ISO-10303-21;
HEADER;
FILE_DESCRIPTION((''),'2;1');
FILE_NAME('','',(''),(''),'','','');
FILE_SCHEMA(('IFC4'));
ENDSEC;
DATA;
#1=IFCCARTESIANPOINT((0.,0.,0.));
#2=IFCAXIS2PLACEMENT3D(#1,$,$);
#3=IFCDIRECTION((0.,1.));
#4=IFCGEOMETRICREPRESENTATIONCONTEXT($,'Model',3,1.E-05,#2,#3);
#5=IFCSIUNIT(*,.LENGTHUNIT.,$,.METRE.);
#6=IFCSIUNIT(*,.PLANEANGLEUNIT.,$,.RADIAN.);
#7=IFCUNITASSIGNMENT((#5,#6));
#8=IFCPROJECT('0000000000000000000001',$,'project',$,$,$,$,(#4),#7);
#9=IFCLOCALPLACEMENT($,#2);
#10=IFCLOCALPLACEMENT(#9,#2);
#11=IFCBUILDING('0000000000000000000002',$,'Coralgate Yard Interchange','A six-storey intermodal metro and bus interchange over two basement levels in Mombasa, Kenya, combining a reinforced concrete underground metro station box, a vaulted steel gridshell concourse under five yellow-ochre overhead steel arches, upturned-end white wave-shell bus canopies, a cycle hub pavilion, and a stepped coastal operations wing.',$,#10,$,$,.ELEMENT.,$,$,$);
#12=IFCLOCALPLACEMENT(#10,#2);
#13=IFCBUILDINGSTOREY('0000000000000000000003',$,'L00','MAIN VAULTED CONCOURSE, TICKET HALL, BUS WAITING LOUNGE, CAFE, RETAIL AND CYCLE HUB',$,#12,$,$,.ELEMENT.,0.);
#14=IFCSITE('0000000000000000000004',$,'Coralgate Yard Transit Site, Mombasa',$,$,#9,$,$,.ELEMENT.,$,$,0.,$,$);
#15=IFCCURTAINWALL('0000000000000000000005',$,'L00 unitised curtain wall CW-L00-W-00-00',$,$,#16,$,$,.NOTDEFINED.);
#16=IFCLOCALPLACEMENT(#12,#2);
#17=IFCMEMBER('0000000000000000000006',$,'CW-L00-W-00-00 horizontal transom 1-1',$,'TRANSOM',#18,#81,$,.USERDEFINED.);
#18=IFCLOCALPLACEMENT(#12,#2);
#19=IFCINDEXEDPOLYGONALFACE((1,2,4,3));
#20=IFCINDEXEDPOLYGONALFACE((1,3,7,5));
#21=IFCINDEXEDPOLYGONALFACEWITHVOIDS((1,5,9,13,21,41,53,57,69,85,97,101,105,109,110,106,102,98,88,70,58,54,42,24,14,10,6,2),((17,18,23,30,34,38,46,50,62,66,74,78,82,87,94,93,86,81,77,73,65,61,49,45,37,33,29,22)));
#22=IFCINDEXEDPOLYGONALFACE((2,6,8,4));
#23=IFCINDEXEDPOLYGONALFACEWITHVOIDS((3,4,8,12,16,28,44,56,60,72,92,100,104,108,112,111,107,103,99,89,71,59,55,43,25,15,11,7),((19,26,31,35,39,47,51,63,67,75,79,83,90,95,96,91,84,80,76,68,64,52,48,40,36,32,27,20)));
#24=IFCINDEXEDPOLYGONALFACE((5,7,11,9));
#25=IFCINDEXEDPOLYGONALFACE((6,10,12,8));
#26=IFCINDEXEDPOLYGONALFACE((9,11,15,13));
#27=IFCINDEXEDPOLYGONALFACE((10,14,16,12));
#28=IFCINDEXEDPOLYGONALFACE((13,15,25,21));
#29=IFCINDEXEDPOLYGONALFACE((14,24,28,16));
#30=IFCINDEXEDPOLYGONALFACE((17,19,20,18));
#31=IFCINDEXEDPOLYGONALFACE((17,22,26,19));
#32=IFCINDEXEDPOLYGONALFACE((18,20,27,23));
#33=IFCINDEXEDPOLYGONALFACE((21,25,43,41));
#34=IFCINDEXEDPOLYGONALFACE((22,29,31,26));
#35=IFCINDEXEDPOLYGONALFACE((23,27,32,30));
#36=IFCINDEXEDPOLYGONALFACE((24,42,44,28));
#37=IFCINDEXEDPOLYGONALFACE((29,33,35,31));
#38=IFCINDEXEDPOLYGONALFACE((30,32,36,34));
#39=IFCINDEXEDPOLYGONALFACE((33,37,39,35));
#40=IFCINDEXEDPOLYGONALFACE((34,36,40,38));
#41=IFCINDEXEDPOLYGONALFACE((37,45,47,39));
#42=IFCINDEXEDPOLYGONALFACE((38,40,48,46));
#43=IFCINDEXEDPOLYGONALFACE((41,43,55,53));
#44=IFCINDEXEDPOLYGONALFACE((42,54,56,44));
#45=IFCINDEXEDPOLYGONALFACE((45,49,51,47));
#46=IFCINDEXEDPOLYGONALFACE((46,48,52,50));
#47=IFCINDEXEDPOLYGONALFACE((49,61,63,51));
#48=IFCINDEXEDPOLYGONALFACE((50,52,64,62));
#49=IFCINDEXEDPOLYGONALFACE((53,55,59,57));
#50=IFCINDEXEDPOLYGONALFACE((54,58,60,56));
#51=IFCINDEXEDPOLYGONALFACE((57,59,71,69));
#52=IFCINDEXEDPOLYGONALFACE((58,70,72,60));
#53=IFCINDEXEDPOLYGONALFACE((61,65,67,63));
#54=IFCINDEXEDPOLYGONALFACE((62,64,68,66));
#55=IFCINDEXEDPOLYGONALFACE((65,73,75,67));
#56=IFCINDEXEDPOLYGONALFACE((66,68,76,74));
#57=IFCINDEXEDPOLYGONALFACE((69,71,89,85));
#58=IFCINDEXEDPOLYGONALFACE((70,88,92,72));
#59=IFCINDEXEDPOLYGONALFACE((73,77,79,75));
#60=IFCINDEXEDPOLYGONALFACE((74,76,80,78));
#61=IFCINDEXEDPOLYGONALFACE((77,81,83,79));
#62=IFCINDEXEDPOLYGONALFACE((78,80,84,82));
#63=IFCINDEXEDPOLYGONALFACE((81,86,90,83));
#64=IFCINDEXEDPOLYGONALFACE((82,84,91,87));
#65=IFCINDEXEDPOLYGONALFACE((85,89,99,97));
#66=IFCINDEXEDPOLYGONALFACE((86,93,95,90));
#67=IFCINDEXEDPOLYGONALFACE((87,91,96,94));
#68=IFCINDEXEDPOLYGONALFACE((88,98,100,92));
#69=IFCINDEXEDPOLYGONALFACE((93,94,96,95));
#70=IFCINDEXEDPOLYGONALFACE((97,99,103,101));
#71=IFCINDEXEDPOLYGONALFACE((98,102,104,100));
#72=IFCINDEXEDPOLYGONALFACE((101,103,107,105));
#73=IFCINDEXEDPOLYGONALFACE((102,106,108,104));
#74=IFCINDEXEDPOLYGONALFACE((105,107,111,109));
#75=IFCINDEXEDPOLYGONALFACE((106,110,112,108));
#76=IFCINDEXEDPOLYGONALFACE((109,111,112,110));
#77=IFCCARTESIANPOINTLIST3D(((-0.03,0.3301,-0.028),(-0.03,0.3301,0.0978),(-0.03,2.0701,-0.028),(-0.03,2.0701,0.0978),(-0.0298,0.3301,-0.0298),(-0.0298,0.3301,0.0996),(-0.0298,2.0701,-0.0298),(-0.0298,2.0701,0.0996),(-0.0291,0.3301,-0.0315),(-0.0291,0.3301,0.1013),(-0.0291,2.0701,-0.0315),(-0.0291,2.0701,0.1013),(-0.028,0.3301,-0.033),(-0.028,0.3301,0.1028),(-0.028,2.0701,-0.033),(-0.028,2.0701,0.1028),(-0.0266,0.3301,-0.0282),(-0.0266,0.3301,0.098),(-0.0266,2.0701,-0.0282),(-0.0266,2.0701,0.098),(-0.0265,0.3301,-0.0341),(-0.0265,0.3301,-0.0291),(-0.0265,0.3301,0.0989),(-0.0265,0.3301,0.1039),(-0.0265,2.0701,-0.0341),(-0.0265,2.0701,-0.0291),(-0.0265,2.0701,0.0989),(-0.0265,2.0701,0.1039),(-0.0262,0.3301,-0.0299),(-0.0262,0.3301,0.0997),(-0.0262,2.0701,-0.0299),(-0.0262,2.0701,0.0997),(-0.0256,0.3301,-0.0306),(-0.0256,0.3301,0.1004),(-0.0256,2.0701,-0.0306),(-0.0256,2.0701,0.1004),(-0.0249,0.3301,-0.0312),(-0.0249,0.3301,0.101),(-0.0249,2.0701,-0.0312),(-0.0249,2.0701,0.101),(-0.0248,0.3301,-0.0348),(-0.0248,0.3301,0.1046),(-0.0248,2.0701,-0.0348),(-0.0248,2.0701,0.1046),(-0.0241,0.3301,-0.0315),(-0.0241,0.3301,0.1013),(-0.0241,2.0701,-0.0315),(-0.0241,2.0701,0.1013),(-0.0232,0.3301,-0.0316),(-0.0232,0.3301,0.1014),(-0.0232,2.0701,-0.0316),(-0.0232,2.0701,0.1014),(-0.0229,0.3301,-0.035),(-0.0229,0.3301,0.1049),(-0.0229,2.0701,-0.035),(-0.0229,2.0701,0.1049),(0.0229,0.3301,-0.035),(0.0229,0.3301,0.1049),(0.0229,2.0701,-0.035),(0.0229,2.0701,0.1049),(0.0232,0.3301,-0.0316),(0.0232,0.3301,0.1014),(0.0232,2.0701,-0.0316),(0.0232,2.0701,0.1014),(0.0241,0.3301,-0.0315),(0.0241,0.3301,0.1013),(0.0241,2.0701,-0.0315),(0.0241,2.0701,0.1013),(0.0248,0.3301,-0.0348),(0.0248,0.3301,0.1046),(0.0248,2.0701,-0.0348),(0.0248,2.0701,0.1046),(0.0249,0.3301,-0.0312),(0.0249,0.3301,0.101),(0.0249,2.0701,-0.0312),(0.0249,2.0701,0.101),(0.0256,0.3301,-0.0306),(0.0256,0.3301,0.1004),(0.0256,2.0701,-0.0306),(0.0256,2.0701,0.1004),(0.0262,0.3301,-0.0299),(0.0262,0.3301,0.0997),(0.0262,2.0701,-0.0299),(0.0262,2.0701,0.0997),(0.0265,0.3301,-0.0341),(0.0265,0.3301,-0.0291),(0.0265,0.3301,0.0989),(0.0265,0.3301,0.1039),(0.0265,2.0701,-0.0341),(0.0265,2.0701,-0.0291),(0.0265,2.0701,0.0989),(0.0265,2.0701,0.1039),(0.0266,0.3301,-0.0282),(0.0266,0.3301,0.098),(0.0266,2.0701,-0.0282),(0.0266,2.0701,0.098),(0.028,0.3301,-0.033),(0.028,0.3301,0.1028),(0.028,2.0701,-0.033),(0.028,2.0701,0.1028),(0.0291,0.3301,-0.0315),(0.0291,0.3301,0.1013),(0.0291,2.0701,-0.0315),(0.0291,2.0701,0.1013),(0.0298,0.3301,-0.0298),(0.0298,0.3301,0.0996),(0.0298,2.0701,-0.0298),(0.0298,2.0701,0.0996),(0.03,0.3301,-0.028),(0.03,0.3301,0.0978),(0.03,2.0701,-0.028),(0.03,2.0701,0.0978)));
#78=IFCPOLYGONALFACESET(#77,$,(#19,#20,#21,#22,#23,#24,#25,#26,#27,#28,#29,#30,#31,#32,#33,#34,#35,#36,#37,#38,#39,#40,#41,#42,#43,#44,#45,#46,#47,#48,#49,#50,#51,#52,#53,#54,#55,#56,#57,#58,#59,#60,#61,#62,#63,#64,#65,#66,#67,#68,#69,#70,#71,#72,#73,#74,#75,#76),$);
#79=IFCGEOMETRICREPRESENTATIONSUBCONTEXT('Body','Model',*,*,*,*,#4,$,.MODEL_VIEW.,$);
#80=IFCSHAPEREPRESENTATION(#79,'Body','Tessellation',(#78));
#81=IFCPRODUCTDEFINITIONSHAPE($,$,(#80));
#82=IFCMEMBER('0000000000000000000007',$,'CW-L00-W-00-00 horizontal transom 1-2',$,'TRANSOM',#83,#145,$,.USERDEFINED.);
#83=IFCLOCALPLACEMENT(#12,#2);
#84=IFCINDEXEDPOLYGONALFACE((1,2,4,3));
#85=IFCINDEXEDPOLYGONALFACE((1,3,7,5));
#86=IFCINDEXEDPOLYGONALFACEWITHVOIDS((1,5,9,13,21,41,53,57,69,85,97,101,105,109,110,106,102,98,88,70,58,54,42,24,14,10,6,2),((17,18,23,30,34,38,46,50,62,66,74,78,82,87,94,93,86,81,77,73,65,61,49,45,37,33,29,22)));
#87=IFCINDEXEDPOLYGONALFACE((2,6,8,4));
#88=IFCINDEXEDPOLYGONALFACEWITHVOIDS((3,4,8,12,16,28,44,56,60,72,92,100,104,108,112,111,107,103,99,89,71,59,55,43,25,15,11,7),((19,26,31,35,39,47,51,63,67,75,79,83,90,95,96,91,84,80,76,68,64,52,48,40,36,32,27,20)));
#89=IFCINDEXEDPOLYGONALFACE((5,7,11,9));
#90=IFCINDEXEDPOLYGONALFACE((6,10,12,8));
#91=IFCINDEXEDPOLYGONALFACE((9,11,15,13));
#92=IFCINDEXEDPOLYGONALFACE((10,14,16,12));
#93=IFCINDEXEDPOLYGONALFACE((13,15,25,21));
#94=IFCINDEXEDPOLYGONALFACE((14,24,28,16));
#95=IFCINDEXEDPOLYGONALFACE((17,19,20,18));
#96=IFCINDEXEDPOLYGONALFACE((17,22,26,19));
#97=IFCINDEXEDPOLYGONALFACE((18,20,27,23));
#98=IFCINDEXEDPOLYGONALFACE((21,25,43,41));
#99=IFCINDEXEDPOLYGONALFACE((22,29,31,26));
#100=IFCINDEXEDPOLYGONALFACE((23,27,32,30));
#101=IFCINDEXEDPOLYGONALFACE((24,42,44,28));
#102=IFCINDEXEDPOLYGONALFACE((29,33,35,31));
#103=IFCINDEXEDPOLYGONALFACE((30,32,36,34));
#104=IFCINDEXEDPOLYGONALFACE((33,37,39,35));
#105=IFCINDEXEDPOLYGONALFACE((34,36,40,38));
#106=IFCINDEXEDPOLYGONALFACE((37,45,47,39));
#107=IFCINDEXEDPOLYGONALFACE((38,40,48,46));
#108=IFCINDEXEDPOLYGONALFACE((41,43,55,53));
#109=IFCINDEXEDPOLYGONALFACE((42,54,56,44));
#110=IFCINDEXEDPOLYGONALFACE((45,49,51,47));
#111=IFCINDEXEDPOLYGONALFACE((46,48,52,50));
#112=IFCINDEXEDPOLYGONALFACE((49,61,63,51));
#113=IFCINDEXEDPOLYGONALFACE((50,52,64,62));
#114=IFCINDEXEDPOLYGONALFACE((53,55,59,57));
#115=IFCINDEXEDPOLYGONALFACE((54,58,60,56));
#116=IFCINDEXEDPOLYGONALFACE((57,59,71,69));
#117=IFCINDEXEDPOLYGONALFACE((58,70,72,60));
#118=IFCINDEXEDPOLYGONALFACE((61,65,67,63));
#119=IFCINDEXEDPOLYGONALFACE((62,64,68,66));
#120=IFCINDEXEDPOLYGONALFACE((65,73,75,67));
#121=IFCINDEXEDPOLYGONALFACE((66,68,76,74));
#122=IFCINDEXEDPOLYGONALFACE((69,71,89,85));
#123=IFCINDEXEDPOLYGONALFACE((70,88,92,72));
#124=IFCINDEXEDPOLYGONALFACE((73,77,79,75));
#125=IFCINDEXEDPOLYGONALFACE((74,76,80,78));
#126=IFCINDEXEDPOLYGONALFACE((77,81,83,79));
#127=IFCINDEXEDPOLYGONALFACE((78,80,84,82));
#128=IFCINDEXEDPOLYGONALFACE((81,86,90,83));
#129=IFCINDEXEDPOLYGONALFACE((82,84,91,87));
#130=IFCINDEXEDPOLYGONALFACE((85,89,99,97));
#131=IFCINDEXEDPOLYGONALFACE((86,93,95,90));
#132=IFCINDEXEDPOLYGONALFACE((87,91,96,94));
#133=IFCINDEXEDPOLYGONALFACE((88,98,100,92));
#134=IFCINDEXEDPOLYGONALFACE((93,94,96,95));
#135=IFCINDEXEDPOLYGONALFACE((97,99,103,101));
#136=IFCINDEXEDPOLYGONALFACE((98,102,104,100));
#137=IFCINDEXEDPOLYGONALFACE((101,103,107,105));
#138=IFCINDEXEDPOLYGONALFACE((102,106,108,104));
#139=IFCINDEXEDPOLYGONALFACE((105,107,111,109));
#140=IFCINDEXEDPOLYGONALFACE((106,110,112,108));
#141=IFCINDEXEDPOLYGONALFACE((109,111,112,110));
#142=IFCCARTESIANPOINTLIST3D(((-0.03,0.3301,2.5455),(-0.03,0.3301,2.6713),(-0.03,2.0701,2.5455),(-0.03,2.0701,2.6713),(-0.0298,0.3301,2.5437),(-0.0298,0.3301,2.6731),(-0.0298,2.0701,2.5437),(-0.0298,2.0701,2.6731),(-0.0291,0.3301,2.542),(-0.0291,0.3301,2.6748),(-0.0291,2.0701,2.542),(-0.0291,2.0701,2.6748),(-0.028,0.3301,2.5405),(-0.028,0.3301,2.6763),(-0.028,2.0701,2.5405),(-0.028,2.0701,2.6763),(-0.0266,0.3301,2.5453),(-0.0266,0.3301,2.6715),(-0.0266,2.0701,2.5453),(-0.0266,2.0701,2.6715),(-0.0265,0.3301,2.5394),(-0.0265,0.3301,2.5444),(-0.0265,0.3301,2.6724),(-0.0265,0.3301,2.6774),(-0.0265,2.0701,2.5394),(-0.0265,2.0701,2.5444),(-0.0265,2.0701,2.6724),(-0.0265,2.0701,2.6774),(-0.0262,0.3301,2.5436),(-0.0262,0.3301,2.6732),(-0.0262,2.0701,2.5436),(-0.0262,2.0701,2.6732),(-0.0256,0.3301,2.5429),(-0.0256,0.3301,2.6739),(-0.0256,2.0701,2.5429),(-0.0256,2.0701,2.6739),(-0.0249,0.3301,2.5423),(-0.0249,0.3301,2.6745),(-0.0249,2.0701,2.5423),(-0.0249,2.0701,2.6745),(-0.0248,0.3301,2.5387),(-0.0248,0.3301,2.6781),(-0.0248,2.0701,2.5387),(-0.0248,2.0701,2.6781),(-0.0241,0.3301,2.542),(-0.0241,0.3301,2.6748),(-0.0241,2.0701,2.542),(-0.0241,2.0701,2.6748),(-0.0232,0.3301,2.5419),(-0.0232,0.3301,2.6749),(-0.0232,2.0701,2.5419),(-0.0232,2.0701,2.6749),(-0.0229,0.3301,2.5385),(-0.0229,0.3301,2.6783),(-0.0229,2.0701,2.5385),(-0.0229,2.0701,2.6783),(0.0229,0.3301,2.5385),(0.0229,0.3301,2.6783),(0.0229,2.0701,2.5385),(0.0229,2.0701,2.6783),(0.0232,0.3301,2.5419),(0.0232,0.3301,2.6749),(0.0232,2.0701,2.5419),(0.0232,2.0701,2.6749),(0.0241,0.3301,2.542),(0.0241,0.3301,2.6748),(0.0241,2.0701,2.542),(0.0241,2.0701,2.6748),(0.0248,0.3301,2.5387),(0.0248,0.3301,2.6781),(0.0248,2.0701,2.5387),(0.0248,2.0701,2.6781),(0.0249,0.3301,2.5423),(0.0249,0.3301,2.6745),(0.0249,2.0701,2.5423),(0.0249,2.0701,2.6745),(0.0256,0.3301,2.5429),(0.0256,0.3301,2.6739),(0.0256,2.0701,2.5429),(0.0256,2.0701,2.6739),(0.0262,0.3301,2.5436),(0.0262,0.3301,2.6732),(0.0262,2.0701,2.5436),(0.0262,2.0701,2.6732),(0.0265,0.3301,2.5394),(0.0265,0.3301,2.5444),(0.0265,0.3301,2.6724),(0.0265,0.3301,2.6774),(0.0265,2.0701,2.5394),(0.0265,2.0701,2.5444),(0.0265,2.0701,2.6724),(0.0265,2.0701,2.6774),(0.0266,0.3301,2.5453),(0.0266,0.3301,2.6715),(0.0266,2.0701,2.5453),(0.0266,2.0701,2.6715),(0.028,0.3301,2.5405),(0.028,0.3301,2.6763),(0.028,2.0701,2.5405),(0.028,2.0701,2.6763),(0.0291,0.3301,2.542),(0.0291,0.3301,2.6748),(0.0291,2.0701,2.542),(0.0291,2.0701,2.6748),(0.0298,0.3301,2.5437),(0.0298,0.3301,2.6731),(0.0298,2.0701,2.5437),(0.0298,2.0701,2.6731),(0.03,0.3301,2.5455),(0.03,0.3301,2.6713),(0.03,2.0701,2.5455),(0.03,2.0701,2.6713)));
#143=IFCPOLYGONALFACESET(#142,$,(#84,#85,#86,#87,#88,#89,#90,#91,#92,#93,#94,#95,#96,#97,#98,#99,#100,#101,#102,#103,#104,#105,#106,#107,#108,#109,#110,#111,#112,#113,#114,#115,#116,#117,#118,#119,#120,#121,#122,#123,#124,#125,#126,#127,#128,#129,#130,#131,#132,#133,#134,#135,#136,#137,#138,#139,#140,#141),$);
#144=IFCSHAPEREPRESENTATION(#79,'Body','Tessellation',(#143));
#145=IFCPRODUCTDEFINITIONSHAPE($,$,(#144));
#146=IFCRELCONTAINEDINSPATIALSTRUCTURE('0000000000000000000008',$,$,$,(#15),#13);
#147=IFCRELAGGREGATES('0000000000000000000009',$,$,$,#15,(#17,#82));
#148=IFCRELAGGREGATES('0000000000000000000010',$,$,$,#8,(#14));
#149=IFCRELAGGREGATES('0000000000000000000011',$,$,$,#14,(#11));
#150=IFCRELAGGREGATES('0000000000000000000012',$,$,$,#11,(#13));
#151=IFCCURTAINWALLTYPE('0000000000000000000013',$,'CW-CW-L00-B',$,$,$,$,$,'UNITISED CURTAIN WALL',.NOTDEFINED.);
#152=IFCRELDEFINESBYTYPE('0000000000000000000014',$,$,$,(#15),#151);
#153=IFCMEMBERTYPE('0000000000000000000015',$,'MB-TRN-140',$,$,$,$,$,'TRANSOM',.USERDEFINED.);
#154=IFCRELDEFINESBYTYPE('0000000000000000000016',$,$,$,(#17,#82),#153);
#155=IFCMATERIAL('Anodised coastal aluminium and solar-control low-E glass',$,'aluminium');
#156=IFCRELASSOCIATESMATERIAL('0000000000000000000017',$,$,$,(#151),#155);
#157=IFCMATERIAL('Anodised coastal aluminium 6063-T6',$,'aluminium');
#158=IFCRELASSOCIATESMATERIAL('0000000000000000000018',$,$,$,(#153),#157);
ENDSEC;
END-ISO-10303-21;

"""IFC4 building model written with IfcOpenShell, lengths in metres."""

from ifc_helpers import new_model, si_unit, direction, frame, origin, origin_2d, place, context, subcontext, project, spatial, hollow_rectangle, extrude, material, material_profile, profile_set, type_object, element, aggregate, save


model = new_model("IFC4")

# Units and contexts
model_context = context("Model", 3, precision=1e-05, world=origin(), true_north=direction((0.0, 1.0)))
body_context = subcontext(model_context, "Body", "Model", "MODEL_VIEW")
ifc_project = project(units=[si_unit("LENGTHUNIT", "METRE"), si_unit("PLANEANGLEUNIT", "RADIAN")], contexts=[model_context])

# Site, building, storey
site_placement = place(None, origin())
site = spatial("IfcSite", under=ifc_project, at=site_placement, Name="Coralgate Yard Transit Site, Mombasa", CompositionType="ELEMENT", RefElevation=0.0)
building_placement = place(site_placement, origin())
building = spatial("IfcBuilding", under=site, at=building_placement, Name="Coralgate Yard Interchange", Description="A six-storey intermodal metro and bus interchange over two basement levels in Mombasa, Kenya, combining a reinforced concrete underground metro station box, a vaulted steel gridshell concourse under five yellow-ochre overhead steel arches, upturned-end white wave-shell bus canopies, a cycle hub pavilion, and a stepped coastal operations wing.", CompositionType="ELEMENT")
storey_placement = place(building_placement, origin())
storey = spatial("IfcBuildingStorey", under=building, at=storey_placement, Name="L00", Description="MAIN VAULTED CONCOURSE, TICKET HALL, BUS WAITING LOUNGE, CAFE, RETAIL AND CYCLE HUB", CompositionType="ELEMENT", Elevation=0.0)

# Curtain wall, members
ifc_material_1 = material(Name="Anodised coastal aluminium and solar-control low-E glass", Category="aluminium")
curtain_wall_type = type_object("IfcCurtainWallType", Name="CW-CW-L00-B", ElementType="UNITISED CURTAIN WALL", PredefinedType="NOTDEFINED", material=ifc_material_1)
curtain_wall_placement = place(storey_placement, origin())
curtain_wall = element("IfcCurtainWall", 1, at=curtain_wall_placement, inside=storey, type_object=curtain_wall_type, Name="L00 unitised curtain wall CW-L00-W-00-00", PredefinedType="NOTDEFINED")
ifc_material_2 = material(Name="Anodised coastal aluminium 6063-T6", Category="aluminium")
ifc_material_profile_1 = material_profile(ifc_material_2, hollow_rectangle(XDim=0.0601, YDim=0.1399, WallThickness=0.0034, InnerFilletRadius=0.0034, OuterFilletRadius=0.0071, at=origin_2d()), Name="ALU 60x140x3.5")
ifc_profile_set_1 = profile_set([ifc_material_profile_1], Name="Anodised coastal aluminium 6063-T6")
member_type_1 = type_object("IfcMemberType", Name="MB-TRN-140", ElementType="TRANSOM", PredefinedType="USERDEFINED", material=ifc_profile_set_1)
member_1_placement = place(storey_placement, frame((0.0, 0.3301, 0.0349), z_axis=(0.0, 1.0, 0.0), x_axis=(-1.0, 0.0, 0.0)))
member_1 = element("IfcMember", 2, at=member_1_placement, type_object=member_type_1, Name="CW-L00-W-00-00 horizontal transom 1-1", ObjectType="TRANSOM", PredefinedType="USERDEFINED", context=body_context, shape_type="SweptSolid", body=[
    extrude(hollow_rectangle(XDim=0.0601, YDim=0.1399, WallThickness=0.0034, InnerFilletRadius=0.0034, OuterFilletRadius=0.0071, at=origin_2d()), origin(), (0.0, 0.0, 1.0), 1.74),
])
member_2_placement = place(storey_placement, frame((0.0, 0.3301, 2.6084), z_axis=(0.0, 1.0, 0.0), x_axis=(-1.0, 0.0, 0.0)))
member_2 = element("IfcMember", 3, at=member_2_placement, type_object=member_type_1, Name="CW-L00-W-00-00 horizontal transom 1-2", ObjectType="TRANSOM", PredefinedType="USERDEFINED", context=body_context, shape_type="SweptSolid", body=[
    extrude(hollow_rectangle(XDim=0.0601, YDim=0.1399, WallThickness=0.0034, InnerFilletRadius=0.0034, OuterFilletRadius=0.0071, at=origin_2d()), origin(), (0.0, 0.0, 1.0), 1.74),
])
aggregate(curtain_wall, [member_1, member_2])

save(model, "model.ifc")
